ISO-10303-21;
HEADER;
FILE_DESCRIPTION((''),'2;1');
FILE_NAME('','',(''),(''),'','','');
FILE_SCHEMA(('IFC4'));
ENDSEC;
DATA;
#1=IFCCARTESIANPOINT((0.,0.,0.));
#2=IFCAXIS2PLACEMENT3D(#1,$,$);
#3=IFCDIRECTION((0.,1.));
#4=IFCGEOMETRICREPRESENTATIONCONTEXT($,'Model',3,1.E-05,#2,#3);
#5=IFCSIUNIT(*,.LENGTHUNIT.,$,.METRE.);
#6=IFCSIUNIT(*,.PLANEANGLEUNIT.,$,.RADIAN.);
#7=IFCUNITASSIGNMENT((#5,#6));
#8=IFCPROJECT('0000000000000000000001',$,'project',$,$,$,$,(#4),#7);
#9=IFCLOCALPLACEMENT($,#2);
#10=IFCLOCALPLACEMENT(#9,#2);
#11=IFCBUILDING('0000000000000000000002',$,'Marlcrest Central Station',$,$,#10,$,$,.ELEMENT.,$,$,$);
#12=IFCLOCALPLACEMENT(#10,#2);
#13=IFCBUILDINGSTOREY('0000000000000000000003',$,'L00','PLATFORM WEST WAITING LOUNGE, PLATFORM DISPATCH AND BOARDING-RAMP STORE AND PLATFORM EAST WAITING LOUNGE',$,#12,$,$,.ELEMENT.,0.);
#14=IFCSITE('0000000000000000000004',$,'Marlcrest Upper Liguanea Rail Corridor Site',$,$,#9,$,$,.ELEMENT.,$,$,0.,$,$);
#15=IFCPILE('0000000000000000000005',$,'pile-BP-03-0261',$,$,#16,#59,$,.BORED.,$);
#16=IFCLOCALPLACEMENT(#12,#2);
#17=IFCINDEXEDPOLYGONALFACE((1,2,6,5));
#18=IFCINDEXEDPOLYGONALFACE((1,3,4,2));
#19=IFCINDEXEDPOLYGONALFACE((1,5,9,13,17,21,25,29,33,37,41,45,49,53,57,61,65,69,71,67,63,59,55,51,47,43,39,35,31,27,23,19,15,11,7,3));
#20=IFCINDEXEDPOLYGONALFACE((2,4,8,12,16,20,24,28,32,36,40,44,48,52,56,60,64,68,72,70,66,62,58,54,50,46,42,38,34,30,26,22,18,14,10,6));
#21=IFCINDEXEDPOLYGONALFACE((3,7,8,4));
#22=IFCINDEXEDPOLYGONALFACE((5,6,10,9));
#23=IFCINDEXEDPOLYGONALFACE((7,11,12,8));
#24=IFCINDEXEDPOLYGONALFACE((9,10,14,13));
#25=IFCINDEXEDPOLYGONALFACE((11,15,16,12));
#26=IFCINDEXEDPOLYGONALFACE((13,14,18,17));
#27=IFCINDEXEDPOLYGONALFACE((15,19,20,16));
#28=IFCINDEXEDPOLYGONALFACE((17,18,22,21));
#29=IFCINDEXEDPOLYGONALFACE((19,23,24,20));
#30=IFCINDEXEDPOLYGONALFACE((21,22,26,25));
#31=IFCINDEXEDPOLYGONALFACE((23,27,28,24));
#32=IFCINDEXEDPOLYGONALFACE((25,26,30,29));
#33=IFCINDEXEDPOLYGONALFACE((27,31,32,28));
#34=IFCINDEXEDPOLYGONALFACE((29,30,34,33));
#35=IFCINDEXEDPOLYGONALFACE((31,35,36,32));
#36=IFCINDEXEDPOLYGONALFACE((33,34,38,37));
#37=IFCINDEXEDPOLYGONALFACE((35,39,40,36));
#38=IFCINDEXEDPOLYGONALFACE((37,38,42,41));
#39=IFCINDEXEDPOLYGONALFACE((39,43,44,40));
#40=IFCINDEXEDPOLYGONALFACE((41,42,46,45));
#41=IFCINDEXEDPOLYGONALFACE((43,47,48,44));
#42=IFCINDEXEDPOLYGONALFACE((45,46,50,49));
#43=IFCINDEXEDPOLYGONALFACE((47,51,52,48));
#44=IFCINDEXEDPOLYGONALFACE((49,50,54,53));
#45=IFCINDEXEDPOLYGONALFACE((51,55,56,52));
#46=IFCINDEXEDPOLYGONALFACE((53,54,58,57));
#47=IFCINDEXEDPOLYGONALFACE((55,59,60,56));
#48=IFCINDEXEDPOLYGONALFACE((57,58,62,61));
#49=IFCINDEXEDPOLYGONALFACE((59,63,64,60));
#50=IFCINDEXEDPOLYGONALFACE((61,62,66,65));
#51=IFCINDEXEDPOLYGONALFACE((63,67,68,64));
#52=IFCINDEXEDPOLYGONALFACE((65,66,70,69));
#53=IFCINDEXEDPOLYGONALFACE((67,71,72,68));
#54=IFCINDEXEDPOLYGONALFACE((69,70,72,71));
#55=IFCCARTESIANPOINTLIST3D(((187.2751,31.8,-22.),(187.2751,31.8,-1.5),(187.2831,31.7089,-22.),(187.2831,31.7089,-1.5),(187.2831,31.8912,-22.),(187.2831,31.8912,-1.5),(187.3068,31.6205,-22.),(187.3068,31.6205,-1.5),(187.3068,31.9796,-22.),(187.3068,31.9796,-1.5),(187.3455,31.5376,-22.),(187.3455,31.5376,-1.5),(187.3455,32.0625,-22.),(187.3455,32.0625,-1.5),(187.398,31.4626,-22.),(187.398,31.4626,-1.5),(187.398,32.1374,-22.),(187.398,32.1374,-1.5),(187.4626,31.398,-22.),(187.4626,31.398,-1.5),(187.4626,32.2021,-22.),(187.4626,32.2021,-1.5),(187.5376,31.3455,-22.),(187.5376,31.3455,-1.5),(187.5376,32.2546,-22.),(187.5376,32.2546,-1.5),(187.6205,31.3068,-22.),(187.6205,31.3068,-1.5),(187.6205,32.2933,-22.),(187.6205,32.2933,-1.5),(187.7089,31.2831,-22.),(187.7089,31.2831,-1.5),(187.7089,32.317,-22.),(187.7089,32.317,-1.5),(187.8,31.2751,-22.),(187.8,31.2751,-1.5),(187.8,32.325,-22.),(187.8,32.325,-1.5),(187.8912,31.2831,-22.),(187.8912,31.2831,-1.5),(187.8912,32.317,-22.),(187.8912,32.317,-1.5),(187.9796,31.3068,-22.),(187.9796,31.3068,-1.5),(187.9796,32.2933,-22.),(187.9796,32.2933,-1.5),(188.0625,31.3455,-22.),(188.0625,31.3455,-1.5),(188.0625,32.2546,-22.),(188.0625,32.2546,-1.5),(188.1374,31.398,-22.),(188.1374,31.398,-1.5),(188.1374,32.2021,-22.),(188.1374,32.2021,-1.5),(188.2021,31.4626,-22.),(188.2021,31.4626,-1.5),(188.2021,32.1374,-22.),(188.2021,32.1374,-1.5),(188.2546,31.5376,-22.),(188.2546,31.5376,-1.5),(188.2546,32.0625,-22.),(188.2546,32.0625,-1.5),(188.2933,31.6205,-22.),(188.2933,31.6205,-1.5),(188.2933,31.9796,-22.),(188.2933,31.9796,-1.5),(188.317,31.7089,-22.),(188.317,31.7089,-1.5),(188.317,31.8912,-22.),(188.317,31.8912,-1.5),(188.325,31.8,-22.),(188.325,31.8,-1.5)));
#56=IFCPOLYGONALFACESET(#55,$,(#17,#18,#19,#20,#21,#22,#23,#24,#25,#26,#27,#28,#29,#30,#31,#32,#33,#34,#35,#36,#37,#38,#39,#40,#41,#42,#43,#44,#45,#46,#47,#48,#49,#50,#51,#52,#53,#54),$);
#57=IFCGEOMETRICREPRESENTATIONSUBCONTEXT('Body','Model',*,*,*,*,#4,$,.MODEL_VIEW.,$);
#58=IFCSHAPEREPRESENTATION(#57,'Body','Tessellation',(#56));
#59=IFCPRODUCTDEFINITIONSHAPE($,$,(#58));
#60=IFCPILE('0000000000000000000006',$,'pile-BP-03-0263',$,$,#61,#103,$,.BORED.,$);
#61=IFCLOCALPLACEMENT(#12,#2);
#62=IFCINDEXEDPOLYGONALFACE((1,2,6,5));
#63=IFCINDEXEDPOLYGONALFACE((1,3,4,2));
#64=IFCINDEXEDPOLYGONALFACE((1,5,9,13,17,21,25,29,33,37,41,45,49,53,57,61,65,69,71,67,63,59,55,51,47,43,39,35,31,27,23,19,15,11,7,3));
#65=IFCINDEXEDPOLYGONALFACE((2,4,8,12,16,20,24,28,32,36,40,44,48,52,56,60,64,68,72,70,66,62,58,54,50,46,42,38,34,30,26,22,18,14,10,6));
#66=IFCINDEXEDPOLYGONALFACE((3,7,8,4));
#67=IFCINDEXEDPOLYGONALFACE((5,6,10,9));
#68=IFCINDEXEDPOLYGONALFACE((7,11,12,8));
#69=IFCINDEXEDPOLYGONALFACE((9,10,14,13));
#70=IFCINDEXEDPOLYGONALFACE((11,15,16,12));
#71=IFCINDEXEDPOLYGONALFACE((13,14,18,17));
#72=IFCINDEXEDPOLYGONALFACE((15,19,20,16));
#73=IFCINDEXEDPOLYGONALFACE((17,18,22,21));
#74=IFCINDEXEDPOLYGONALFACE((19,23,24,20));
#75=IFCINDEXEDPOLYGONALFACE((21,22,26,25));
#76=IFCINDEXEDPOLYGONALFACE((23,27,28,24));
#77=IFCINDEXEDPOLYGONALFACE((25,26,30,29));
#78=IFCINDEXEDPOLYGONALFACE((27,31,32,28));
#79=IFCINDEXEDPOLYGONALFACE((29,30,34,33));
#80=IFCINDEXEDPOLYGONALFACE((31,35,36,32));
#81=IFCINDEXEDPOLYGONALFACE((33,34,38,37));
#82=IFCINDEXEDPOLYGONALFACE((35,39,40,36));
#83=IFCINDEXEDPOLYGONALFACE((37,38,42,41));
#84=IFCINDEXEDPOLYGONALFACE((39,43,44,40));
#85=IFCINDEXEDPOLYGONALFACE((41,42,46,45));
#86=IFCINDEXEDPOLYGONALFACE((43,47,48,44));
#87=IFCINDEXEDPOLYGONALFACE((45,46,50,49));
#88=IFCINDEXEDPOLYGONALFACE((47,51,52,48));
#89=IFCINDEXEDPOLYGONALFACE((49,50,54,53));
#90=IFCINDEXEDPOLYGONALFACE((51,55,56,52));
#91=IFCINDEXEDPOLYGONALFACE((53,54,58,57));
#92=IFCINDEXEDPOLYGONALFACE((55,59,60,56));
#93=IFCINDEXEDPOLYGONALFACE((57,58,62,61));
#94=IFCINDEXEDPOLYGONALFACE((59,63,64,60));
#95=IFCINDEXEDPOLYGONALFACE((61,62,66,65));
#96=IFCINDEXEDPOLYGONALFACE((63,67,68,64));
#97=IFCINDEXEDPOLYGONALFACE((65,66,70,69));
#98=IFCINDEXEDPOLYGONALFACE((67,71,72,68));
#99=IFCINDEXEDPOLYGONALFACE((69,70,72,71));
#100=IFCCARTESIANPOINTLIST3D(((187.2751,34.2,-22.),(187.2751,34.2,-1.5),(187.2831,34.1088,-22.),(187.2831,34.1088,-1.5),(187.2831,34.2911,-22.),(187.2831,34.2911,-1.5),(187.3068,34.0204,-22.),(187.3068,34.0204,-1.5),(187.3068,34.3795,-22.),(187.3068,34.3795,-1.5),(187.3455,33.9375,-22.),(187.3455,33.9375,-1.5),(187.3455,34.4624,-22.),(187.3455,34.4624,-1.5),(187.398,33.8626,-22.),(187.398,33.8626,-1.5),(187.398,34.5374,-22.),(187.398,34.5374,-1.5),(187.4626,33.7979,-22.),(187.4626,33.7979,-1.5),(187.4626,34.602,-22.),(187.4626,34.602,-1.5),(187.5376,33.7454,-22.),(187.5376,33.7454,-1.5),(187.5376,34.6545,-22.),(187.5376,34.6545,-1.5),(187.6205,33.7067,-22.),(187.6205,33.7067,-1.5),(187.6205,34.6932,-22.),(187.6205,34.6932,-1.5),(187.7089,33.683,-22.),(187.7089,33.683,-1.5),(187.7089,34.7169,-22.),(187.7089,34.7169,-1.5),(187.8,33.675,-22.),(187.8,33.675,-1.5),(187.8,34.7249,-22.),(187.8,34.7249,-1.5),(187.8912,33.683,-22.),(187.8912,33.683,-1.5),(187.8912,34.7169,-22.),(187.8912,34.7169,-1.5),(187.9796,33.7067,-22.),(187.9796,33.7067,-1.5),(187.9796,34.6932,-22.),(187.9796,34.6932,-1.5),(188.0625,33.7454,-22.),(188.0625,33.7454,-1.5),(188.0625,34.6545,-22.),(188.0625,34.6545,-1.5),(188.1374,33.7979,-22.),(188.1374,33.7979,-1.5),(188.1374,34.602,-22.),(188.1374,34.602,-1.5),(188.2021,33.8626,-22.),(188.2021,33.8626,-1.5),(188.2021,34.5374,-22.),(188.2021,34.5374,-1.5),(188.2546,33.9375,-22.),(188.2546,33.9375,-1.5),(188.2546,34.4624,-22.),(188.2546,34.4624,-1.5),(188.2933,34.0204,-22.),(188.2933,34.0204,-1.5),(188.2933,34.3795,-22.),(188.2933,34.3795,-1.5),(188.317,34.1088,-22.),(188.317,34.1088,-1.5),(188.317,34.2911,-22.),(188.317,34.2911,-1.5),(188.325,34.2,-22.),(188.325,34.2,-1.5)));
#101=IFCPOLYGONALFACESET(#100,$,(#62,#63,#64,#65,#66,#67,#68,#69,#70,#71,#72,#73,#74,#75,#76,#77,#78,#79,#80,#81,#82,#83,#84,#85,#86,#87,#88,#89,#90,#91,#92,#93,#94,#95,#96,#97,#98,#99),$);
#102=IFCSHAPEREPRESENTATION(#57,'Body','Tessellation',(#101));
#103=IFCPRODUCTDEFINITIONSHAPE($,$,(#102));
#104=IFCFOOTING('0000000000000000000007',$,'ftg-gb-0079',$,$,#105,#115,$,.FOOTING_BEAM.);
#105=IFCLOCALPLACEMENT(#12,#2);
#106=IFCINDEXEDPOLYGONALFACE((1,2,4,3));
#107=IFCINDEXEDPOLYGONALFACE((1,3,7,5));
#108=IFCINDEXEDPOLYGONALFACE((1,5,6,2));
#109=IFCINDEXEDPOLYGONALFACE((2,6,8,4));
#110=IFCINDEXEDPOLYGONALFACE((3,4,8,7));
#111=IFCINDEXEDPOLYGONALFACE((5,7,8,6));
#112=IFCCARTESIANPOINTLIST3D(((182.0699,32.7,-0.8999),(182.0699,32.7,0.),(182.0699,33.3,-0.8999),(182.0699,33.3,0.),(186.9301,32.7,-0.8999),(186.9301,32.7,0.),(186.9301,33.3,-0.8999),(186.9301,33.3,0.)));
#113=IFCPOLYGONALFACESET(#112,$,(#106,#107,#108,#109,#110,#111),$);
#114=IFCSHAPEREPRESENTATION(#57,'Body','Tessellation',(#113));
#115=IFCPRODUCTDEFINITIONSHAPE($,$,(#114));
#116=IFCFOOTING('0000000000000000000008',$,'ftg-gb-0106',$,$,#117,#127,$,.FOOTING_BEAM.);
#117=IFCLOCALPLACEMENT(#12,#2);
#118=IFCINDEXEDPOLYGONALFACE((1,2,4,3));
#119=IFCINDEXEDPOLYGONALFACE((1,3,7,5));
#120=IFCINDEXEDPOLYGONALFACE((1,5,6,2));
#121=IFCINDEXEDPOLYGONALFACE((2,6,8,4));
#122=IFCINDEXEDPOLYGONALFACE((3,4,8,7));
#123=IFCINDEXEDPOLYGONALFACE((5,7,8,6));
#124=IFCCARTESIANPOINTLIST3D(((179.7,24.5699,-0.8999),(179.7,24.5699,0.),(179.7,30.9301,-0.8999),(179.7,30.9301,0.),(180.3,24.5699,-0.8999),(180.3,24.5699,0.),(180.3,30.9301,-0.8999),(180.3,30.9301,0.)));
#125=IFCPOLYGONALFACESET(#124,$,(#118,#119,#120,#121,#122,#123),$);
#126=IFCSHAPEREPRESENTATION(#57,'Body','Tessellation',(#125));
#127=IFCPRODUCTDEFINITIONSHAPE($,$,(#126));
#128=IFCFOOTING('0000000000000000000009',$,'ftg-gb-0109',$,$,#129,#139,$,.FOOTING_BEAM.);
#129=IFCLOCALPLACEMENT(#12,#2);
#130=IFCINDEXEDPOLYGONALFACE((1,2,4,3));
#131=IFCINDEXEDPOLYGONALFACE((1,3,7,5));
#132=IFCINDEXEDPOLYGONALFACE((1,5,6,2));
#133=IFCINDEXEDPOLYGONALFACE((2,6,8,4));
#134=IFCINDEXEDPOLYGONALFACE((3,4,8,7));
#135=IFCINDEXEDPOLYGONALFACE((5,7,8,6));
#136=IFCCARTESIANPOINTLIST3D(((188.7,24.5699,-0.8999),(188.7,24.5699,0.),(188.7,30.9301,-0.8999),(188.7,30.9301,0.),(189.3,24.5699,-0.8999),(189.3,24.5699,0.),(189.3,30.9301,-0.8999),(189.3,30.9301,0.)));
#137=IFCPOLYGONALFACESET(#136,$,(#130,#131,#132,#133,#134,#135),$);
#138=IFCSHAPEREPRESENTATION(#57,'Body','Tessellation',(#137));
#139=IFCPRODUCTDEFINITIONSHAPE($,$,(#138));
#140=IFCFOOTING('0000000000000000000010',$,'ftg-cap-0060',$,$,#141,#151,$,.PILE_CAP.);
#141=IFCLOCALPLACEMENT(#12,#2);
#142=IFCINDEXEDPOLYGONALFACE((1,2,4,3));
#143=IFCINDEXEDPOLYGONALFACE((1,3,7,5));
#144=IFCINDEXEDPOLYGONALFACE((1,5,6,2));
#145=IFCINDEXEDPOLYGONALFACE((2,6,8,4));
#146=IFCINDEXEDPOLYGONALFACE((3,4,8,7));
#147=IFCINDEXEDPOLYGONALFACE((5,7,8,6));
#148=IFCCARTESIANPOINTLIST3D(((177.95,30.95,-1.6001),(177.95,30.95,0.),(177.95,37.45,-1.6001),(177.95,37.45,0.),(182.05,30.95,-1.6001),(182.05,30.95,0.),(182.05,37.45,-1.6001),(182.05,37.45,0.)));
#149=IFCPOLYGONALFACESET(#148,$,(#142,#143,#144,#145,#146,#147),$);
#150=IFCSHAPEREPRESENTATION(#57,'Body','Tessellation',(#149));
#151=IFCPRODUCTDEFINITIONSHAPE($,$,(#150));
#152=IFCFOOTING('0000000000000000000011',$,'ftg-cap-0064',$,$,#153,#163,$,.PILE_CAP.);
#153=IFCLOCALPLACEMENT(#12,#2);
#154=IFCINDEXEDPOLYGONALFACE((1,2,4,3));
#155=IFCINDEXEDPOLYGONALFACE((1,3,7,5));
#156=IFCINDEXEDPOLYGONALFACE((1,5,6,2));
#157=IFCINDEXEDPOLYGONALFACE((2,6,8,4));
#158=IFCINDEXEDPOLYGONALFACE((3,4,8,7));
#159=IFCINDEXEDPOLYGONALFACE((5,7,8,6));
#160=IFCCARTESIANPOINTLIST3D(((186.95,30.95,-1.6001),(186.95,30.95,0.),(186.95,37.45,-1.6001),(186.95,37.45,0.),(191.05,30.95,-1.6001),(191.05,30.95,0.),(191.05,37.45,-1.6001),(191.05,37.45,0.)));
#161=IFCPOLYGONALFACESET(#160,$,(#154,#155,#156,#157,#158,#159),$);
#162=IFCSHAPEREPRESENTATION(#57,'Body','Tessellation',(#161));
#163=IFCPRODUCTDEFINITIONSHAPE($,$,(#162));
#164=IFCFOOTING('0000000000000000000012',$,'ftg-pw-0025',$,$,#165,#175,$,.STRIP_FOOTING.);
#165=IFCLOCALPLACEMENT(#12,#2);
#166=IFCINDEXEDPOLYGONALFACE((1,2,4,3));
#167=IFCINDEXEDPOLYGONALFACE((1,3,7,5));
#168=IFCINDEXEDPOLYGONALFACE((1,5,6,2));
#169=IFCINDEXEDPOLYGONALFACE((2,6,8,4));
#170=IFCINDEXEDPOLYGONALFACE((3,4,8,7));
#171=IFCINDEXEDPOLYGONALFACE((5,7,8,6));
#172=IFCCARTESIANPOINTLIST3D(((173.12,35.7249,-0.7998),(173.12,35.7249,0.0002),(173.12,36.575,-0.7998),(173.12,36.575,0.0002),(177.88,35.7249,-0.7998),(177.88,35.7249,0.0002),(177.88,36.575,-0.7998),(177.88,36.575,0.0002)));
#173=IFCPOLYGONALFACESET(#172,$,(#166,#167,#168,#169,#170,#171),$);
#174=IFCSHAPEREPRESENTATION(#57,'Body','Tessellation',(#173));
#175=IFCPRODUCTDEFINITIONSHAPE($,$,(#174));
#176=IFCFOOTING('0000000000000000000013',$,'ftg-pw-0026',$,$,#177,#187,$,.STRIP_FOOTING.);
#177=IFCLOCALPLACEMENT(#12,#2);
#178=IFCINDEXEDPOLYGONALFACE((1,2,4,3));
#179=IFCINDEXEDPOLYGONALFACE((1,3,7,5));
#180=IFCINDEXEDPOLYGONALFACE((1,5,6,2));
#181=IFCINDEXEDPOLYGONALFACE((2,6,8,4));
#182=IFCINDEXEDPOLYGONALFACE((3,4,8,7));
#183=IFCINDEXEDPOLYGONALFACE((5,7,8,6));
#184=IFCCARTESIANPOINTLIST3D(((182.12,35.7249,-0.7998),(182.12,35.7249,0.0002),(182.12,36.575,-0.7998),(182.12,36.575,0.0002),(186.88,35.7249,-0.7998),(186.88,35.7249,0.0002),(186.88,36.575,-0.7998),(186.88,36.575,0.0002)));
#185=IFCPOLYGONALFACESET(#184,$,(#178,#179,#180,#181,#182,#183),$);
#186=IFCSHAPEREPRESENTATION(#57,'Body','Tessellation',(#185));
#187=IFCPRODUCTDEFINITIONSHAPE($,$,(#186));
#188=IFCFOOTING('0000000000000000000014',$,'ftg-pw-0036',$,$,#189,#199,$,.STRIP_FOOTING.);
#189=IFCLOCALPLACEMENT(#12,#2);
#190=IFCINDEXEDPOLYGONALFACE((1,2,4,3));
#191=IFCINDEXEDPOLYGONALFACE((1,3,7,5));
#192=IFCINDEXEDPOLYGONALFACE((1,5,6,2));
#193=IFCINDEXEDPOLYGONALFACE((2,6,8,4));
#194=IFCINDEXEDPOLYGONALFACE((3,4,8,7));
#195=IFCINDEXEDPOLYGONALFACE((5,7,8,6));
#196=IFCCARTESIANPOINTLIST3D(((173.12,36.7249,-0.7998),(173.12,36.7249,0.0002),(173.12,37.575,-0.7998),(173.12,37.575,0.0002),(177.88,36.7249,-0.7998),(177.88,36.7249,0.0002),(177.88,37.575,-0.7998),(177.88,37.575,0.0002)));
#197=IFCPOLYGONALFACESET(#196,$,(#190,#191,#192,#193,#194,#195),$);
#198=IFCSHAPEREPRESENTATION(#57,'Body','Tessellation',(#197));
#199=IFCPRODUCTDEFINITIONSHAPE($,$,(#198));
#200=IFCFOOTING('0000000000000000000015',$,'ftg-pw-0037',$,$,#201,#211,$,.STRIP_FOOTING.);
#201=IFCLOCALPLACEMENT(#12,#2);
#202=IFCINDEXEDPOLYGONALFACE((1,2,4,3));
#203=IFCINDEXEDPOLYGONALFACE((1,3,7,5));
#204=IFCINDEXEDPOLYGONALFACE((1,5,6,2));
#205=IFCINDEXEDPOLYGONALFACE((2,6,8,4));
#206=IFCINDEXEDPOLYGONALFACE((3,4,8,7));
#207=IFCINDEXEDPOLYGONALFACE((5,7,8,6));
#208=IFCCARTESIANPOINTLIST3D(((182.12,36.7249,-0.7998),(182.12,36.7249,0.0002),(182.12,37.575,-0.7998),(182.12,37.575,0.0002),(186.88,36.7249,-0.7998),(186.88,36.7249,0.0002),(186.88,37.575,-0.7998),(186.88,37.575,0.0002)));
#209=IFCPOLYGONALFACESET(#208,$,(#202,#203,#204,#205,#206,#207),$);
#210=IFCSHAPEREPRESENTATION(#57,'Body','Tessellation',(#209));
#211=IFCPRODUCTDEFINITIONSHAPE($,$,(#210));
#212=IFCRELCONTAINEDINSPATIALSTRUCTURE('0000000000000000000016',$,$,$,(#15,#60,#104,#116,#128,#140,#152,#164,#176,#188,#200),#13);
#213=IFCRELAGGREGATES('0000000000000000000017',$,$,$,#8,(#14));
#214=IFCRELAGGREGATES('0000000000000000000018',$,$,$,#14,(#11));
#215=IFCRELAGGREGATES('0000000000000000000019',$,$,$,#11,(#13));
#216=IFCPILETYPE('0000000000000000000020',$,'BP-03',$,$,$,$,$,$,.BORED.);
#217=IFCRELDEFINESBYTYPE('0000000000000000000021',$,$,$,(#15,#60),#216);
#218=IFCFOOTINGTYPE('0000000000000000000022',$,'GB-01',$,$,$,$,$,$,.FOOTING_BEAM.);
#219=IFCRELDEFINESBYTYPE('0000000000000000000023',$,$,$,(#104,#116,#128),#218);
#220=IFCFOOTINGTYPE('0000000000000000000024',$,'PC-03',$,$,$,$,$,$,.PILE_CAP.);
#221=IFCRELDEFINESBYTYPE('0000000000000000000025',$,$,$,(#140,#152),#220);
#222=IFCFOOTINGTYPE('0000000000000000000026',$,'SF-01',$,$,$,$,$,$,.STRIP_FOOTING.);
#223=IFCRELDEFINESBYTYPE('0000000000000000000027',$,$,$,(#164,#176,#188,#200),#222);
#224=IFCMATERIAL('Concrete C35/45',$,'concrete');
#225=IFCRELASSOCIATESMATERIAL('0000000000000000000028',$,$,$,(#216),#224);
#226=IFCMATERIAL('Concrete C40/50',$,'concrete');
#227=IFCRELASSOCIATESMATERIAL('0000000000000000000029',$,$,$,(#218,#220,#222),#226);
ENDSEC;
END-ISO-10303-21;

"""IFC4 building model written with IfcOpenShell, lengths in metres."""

from ifc_helpers import new_model, si_unit, direction, frame, origin, origin_2d, place, context, subcontext, project, spatial, rectangle, circle, extrude, material, material_profile, profile_set, type_object, element, save


model = new_model("IFC4")

# Units and contexts
model_context = context("Model", 3, precision=1e-05, world=origin(), true_north=direction((0.0, 1.0)))
body_context = subcontext(model_context, "Body", "Model", "MODEL_VIEW")
ifc_project = project(units=[si_unit("LENGTHUNIT", "METRE"), si_unit("PLANEANGLEUNIT", "RADIAN")], contexts=[model_context])

# Site, building, storey
site_placement = place(None, origin())
site = spatial("IfcSite", under=ifc_project, at=site_placement, Name="Marlcrest Upper Liguanea Rail Corridor Site", CompositionType="ELEMENT", RefElevation=0.0)
building_placement = place(site_placement, origin())
building = spatial("IfcBuilding", under=site, at=building_placement, Name="Marlcrest Central Station", CompositionType="ELEMENT")
storey_placement = place(building_placement, origin())
storey = spatial("IfcBuildingStorey", under=building, at=storey_placement, Name="L00", Description="PLATFORM WEST WAITING LOUNGE, PLATFORM DISPATCH AND BOARDING-RAMP STORE AND PLATFORM EAST WAITING LOUNGE", CompositionType="ELEMENT", Elevation=0.0)

# Piles
ifc_material_1 = material(Name="Concrete C35/45", Category="concrete")
ifc_material_profile_1 = material_profile(ifc_material_1, circle(Radius=0.5249, at=origin_2d()), Name="PILE D1050")
ifc_profile_set_1 = profile_set([ifc_material_profile_1], Name="Concrete C35/45")
pile_type = type_object("IfcPileType", Name="BP-03", PredefinedType="BORED", material=ifc_profile_set_1)
for number, where, z_axis, x_axis, name in (
    (1, (187.8, 31.8, -1.5), (0.0, 0.0, -1.0), (1.0, 0.0, 0.0), "pile-BP-03-0261"),
    (2, (187.8, 34.2, -1.5), (0.0, 0.0, -1.0), (1.0, 0.0, 0.0), "pile-BP-03-0263"),
):
    element("IfcPile", number, at=place(storey_placement, frame(where, z_axis=z_axis, x_axis=x_axis)), inside=storey, type_object=pile_type, Name=name, PredefinedType="BORED", context=body_context, shape_type="SweptSolid", body=[
        extrude(circle(Radius=0.5249, at=origin_2d()), origin(), (0.0, 0.0, 1.0), 20.5),
    ])

# Footings
ifc_material_2 = material(Name="Concrete C40/50", Category="concrete")
footing_type_1 = type_object("IfcFootingType", Name="GB-01", PredefinedType="FOOTING_BEAM", material=ifc_material_2)
footing_placement = place(storey_placement, frame((184.5, 33.0, -0.8999), z_axis=(0.0, 0.0, 1.0), x_axis=(1.0, 0.0, 0.0)))
element("IfcFooting", 3, at=footing_placement, inside=storey, type_object=footing_type_1, Name="ftg-gb-0079", PredefinedType="FOOTING_BEAM", context=body_context, shape_type="SweptSolid", body=[
    extrude(rectangle(XDim=4.8601, YDim=0.6001, at=origin_2d()), origin(), (0.0, 0.0, 1.0), 0.8999),
])
for number, where, z_axis, x_axis, name in (
    (4, (180.0, 27.75, -0.8999), (0.0, 0.0, 1.0), (1.0, 0.0, 0.0), "ftg-gb-0106"),
    (5, (189.0, 27.75, -0.8999), (0.0, 0.0, 1.0), (1.0, 0.0, 0.0), "ftg-gb-0109"),
):
    element("IfcFooting", number, at=place(storey_placement, frame(where, z_axis=z_axis, x_axis=x_axis)), inside=storey, type_object=footing_type_1, Name=name, PredefinedType="FOOTING_BEAM", context=body_context, shape_type="SweptSolid", body=[
        extrude(rectangle(XDim=0.6001, YDim=6.3601, at=origin_2d()), origin(), (0.0, 0.0, 1.0), 0.8999),
    ])
footing_type_2 = type_object("IfcFootingType", Name="PC-03", PredefinedType="PILE_CAP", material=ifc_material_2)
for number, where, z_axis, x_axis, name in (
    (6, (180.0, 34.2, -1.6001), (0.0, 0.0, 1.0), (1.0, 0.0, 0.0), "ftg-cap-0060"),
    (7, (189.0, 34.2, -1.6001), (0.0, 0.0, 1.0), (1.0, 0.0, 0.0), "ftg-cap-0064"),
):
    element("IfcFooting", number, at=place(storey_placement, frame(where, z_axis=z_axis, x_axis=x_axis)), inside=storey, type_object=footing_type_2, Name=name, PredefinedType="PILE_CAP", context=body_context, shape_type="SweptSolid", body=[
        extrude(rectangle(XDim=4.1001, YDim=6.5, at=origin_2d()), origin(), (0.0, 0.0, 1.0), 1.6001),
    ])
footing_type_3 = type_object("IfcFootingType", Name="SF-01", PredefinedType="STRIP_FOOTING", material=ifc_material_2)
for number, where, z_axis, x_axis, name in (
    (8, (175.5, 36.1499, -0.7998), (0.0, 0.0, 1.0), (1.0, 0.0, 0.0), "ftg-pw-0025"),
    (9, (184.5, 36.1499, -0.7998), (0.0, 0.0, 1.0), (1.0, 0.0, 0.0), "ftg-pw-0026"),
    (10, (175.5, 37.1499, -0.7998), (0.0, 0.0, 1.0), (1.0, 0.0, 0.0), "ftg-pw-0036"),
    (11, (184.5, 37.1499, -0.7998), (0.0, 0.0, 1.0), (1.0, 0.0, 0.0), "ftg-pw-0037"),
):
    element("IfcFooting", number, at=place(storey_placement, frame(where, z_axis=z_axis, x_axis=x_axis)), inside=storey, type_object=footing_type_3, Name=name, PredefinedType="STRIP_FOOTING", context=body_context, shape_type="SweptSolid", body=[
        extrude(rectangle(XDim=4.76, YDim=0.8501, at=origin_2d()), origin(), (0.0, 0.0, 1.0), 0.8),
    ])

save(model, "model.ifc")
